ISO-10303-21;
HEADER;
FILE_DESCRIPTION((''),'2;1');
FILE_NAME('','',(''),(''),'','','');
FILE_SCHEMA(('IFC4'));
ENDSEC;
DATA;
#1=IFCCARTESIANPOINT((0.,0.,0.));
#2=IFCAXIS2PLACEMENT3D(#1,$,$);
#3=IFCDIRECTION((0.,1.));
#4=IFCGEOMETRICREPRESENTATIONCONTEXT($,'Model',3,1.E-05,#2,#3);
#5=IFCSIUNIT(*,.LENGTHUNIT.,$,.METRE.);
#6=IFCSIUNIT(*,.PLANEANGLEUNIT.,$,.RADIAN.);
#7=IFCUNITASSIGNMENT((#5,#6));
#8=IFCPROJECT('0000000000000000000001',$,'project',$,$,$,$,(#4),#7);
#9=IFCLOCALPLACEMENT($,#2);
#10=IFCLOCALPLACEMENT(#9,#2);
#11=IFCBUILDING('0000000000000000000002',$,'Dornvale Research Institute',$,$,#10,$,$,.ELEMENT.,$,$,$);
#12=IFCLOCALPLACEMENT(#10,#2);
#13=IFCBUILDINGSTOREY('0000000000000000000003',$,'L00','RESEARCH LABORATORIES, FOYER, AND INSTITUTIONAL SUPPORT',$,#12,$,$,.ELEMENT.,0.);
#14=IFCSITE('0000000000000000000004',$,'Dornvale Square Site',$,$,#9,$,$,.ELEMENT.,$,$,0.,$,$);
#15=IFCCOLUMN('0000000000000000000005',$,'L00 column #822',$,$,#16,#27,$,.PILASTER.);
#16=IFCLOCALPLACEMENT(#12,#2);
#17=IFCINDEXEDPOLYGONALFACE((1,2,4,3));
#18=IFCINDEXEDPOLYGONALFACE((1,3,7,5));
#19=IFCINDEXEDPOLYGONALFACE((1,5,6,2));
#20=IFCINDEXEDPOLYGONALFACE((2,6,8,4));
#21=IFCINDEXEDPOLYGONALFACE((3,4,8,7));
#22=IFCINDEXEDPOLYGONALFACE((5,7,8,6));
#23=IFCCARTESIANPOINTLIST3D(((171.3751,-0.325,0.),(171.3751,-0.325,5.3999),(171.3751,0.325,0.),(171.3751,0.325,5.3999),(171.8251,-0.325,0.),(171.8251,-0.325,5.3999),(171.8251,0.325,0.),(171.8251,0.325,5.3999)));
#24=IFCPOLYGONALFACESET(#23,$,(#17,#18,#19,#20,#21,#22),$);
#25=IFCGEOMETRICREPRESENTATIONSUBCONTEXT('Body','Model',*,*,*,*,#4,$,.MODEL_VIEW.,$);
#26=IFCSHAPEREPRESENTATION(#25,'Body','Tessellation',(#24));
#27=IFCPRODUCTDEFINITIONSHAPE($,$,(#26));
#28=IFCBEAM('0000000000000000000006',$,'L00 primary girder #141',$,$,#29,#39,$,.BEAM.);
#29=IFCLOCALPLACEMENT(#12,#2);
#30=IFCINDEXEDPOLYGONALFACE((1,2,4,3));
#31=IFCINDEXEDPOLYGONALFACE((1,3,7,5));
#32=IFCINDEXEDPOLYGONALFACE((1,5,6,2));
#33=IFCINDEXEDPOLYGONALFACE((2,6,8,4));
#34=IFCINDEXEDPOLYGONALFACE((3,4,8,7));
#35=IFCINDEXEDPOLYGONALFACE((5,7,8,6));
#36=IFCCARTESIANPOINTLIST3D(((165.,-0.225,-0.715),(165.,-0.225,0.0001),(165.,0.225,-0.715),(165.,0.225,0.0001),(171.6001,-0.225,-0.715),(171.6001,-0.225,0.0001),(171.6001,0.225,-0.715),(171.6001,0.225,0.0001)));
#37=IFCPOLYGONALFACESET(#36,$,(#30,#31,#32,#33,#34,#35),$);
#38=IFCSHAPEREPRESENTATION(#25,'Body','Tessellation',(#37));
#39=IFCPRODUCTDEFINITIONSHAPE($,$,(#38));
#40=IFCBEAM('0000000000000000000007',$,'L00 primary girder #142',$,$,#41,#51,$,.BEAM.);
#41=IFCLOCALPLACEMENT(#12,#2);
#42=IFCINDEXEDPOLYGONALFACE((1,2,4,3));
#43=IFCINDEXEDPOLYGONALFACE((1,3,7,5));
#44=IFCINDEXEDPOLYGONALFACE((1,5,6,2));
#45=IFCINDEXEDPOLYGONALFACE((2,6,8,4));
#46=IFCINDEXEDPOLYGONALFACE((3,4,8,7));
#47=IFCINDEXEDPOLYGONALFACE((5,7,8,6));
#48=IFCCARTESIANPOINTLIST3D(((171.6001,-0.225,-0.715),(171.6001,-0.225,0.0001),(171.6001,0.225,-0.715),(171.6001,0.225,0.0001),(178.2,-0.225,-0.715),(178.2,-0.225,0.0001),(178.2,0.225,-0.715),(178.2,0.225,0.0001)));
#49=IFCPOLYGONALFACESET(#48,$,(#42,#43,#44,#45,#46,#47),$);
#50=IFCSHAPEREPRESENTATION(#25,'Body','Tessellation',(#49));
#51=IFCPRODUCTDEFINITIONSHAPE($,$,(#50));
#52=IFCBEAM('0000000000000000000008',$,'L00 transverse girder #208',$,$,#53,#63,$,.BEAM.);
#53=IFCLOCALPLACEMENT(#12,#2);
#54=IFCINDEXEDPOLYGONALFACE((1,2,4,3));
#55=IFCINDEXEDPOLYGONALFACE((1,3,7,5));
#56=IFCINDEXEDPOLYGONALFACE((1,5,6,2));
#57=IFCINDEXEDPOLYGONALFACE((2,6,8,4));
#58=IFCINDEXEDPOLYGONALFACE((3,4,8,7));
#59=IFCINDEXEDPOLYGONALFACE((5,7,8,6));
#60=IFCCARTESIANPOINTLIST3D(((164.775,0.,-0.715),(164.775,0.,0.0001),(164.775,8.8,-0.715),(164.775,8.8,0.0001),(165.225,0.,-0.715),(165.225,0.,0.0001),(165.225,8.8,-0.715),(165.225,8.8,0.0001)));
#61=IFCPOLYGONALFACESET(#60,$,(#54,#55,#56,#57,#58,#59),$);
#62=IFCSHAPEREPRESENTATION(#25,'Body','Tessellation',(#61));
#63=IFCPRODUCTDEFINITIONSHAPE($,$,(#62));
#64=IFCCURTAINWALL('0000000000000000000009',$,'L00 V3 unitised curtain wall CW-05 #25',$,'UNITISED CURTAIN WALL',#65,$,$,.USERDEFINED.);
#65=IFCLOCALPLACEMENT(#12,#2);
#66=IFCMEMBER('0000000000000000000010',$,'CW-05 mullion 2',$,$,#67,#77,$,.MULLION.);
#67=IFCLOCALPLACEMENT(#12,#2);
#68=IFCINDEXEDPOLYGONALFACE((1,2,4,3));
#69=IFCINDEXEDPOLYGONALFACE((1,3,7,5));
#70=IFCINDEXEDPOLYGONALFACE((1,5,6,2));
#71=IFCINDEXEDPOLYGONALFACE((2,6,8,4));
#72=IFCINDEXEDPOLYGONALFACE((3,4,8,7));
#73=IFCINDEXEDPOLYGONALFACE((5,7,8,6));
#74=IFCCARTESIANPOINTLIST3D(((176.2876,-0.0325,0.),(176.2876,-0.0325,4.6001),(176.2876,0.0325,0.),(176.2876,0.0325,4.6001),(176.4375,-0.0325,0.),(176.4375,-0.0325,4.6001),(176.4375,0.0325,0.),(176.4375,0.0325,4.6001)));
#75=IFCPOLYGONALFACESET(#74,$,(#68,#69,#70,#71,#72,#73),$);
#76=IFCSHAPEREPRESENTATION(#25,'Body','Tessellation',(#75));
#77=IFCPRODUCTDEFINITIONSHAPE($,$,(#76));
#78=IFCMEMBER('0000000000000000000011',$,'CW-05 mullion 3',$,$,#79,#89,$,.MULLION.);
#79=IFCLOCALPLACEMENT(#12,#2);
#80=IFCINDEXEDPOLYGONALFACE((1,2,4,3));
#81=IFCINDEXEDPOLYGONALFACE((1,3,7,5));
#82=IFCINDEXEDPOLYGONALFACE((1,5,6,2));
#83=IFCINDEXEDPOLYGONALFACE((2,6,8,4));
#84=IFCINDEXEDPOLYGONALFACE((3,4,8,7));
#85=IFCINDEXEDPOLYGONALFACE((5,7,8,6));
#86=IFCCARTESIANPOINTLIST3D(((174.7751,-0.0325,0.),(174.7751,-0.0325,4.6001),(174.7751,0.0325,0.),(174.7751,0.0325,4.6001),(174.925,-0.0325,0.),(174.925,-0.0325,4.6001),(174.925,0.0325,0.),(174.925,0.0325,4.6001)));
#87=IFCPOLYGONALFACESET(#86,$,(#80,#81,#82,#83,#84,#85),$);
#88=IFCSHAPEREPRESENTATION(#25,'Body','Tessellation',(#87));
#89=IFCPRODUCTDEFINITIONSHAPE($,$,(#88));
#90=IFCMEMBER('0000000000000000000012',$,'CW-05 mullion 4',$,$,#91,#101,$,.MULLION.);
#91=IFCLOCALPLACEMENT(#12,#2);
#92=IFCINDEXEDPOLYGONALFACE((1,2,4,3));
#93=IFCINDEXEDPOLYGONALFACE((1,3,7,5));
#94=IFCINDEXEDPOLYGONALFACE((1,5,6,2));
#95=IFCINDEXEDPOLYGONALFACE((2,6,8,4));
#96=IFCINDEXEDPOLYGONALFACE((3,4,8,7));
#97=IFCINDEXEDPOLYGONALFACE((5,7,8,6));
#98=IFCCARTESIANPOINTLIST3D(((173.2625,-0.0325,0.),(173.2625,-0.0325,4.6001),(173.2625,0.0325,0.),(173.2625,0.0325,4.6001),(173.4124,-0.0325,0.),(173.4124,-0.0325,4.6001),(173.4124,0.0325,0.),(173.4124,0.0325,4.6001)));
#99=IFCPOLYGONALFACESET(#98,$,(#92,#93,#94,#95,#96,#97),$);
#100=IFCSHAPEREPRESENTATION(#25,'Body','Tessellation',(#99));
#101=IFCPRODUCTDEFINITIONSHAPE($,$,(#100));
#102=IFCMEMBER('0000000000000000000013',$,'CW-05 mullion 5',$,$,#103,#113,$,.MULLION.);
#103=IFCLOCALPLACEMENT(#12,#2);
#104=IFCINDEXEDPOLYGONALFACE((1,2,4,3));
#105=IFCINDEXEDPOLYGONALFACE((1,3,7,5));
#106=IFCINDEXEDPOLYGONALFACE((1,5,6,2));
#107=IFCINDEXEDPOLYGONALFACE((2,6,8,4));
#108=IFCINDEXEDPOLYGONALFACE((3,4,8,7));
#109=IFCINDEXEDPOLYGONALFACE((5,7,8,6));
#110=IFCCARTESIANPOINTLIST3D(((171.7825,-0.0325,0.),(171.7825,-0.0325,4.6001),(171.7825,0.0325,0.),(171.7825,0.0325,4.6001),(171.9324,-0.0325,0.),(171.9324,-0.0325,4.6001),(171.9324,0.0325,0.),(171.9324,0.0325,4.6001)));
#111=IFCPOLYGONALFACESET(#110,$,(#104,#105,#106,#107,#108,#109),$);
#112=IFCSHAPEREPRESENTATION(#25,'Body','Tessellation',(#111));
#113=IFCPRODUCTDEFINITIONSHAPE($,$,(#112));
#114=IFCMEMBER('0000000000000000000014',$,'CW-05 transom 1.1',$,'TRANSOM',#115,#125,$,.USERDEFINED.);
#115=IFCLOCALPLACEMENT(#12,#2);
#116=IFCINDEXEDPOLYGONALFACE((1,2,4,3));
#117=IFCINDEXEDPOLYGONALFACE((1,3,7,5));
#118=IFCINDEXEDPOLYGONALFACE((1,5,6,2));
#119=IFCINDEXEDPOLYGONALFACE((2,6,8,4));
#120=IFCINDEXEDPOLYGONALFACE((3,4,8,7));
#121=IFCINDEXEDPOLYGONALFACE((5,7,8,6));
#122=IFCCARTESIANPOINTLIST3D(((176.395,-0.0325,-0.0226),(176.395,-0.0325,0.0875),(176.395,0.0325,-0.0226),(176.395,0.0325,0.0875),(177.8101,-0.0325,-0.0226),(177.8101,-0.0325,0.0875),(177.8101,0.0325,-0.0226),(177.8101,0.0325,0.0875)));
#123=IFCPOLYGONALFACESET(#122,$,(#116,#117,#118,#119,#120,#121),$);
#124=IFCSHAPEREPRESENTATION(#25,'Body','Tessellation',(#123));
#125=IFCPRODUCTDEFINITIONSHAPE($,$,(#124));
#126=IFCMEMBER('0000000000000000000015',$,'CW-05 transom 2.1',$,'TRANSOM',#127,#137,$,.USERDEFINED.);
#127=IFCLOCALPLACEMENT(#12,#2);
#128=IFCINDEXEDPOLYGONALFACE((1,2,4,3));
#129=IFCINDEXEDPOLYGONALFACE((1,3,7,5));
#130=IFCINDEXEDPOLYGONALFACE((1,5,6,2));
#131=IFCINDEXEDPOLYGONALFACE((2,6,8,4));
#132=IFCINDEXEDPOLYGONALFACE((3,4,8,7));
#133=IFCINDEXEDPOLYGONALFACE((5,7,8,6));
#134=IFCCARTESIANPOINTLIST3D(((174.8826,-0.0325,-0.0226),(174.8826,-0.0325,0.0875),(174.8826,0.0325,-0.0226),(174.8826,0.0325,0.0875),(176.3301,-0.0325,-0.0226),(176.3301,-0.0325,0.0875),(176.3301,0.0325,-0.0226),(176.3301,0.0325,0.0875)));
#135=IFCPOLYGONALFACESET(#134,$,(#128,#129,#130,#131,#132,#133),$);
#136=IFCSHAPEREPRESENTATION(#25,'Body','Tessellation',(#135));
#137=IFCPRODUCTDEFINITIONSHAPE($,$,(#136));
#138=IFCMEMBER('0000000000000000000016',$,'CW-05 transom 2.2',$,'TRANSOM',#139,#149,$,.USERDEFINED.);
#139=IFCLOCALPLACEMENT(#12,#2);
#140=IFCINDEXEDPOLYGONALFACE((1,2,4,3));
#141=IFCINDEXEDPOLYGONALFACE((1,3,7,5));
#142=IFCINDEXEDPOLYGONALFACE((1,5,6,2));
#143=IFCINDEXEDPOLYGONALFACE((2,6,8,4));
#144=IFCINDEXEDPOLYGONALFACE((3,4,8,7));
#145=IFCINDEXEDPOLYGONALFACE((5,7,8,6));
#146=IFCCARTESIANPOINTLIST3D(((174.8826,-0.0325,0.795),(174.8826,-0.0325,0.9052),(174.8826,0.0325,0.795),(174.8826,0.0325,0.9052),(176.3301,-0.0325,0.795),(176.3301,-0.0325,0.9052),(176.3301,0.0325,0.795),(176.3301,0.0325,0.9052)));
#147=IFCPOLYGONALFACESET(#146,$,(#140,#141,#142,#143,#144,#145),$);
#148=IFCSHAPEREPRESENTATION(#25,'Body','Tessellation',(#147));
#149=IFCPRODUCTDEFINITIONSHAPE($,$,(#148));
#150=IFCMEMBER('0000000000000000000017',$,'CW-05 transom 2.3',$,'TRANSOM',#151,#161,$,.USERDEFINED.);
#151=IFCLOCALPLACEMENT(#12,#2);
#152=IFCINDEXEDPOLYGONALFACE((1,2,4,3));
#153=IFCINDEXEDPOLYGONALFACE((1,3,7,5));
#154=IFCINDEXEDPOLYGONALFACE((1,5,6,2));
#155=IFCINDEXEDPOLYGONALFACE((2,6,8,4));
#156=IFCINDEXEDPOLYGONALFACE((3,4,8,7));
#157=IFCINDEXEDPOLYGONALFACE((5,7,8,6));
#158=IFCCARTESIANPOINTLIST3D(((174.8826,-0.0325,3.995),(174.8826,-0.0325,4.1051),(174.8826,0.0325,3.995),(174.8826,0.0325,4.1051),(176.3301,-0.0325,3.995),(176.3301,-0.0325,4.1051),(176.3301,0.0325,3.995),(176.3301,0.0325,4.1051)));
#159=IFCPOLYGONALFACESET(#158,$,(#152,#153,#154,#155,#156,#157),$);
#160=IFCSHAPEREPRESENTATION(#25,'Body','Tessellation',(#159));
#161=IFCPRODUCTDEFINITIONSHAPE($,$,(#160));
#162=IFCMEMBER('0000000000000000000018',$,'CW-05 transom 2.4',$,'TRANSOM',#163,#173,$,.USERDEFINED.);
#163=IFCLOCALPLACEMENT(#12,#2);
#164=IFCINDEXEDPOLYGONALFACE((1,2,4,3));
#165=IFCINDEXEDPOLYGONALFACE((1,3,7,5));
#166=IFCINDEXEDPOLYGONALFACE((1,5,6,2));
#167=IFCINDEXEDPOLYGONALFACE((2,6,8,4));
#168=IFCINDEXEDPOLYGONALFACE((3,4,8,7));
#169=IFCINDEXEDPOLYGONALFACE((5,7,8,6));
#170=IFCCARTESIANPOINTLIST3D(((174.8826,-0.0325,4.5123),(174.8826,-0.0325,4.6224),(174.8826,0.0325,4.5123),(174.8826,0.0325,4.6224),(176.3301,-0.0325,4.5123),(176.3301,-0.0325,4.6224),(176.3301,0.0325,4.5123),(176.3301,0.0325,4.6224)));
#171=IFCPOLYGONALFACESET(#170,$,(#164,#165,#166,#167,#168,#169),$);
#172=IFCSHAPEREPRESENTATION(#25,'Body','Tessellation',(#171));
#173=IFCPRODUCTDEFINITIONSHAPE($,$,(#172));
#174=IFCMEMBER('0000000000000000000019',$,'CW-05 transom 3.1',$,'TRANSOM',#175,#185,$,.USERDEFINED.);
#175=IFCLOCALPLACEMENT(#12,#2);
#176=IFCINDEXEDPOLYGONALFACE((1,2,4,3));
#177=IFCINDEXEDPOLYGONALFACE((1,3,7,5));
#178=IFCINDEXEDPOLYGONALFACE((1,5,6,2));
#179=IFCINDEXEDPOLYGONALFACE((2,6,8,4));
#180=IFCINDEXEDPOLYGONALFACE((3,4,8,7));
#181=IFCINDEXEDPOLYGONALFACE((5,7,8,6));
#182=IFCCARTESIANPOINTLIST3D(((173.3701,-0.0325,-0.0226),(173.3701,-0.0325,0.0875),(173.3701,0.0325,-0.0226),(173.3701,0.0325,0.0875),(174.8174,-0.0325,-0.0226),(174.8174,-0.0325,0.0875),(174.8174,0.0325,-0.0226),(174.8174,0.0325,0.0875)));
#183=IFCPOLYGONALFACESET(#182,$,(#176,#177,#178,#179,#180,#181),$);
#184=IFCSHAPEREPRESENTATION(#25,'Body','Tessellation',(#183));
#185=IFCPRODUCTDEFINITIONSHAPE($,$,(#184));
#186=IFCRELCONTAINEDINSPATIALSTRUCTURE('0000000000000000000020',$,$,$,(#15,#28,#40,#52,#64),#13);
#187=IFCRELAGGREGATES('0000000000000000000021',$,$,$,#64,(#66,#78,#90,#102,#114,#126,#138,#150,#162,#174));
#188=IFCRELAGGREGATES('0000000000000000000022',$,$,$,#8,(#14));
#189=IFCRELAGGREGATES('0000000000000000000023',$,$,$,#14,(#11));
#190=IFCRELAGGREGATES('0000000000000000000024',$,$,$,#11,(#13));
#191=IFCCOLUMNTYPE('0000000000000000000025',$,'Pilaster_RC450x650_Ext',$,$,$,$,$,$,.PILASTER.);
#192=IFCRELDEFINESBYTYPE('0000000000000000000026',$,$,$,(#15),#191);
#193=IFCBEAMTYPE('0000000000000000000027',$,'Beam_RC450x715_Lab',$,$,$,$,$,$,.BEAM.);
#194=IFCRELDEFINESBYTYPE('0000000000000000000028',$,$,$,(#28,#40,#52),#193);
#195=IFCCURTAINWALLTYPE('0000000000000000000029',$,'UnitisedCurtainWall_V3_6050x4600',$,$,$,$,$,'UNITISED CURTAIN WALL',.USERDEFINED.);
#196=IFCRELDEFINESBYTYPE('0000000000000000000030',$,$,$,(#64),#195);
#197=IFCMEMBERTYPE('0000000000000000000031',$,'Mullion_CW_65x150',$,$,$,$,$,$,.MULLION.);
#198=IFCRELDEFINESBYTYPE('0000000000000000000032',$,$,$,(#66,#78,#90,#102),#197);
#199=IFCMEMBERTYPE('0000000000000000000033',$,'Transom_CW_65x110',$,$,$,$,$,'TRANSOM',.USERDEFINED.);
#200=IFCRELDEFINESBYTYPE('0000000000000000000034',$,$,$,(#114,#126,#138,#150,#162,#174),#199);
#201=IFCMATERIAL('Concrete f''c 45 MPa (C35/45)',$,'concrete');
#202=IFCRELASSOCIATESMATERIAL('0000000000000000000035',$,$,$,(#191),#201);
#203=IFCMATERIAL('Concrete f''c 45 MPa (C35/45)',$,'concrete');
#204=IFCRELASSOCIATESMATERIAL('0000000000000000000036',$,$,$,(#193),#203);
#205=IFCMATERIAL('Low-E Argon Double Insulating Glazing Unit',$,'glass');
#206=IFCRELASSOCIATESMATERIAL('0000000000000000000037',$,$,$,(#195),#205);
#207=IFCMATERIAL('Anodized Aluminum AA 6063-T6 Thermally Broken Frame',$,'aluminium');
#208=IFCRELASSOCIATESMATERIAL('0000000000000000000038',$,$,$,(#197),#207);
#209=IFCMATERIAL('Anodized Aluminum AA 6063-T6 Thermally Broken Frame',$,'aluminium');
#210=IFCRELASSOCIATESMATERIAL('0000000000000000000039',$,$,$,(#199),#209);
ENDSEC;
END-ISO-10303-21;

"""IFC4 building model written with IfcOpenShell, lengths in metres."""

from ifc_helpers import new_model, si_unit, direction, frame, origin, origin_2d, place, context, subcontext, project, spatial, rectangle, extrude, material, material_profile, profile_set, type_object, element, aggregate, save


model = new_model("IFC4")

# Units and contexts
model_context = context("Model", 3, precision=1e-05, world=origin(), true_north=direction((0.0, 1.0)))
body_context = subcontext(model_context, "Body", "Model", "MODEL_VIEW")
ifc_project = project(units=[si_unit("LENGTHUNIT", "METRE"), si_unit("PLANEANGLEUNIT", "RADIAN")], contexts=[model_context])

# Site, building, storey
site_placement = place(None, origin())
site = spatial("IfcSite", under=ifc_project, at=site_placement, Name="Dornvale Square Site", CompositionType="ELEMENT", RefElevation=0.0)
building_placement = place(site_placement, origin())
building = spatial("IfcBuilding", under=site, at=building_placement, Name="Dornvale Research Institute", CompositionType="ELEMENT")
storey_placement = place(building_placement, origin())
storey = spatial("IfcBuildingStorey", under=building, at=storey_placement, Name="L00", Description="RESEARCH LABORATORIES, FOYER, AND INSTITUTIONAL SUPPORT", CompositionType="ELEMENT", Elevation=0.0)

# Column
ifc_material_1 = material(Name="Concrete f'c 45 MPa (C35/45)", Category="concrete")
ifc_material_profile_1 = material_profile(ifc_material_1, rectangle(XDim=0.45, YDim=0.6499, at=origin_2d()), Name="RC 450x650")
ifc_profile_set_1 = profile_set([ifc_material_profile_1], Name="Concrete f'c 45 MPa (C35/45)")
column_type = type_object("IfcColumnType", Name="Pilaster_RC450x650_Ext", PredefinedType="PILASTER", material=ifc_profile_set_1)
column_placement = place(storey_placement, frame((171.6001, 0.0, 0.0), z_axis=(0.0, 0.0, 1.0), x_axis=(1.0, 0.0, 0.0)))
element("IfcColumn", 1, at=column_placement, inside=storey, type_object=column_type, Name="L00 column #822", PredefinedType="PILASTER", context=body_context, shape_type="SweptSolid", body=[
    extrude(rectangle(XDim=0.45, YDim=0.6499, at=origin_2d()), origin(), (0.0, 0.0, 1.0), 5.3999),
])

# Beams
ifc_material_2 = material(Name="Concrete f'c 45 MPa (C35/45)", Category="concrete")
ifc_material_profile_2 = material_profile(ifc_material_2, rectangle(XDim=0.45, YDim=0.7151, at=origin_2d()), Name="RC 450x715")
ifc_profile_set_2 = profile_set([ifc_material_profile_2], Name="Concrete f'c 45 MPa (C35/45)")
beam_type = type_object("IfcBeamType", Name="Beam_RC450x715_Lab", PredefinedType="BEAM", material=ifc_profile_set_2)
beam_1_placement = place(storey_placement, frame((165.0, 0.0, -0.3574), z_axis=(1.0, 0.0, 0.0), x_axis=(0.0, 1.0, 0.0)))
element("IfcBeam", 2, at=beam_1_placement, inside=storey, type_object=beam_type, Name="L00 primary girder #141", PredefinedType="BEAM", context=body_context, shape_type="SweptSolid", body=[
    extrude(rectangle(XDim=0.45, YDim=0.7151, at=origin_2d()), origin(), (0.0, 0.0, 1.0), 6.6001),
])
beam_2_placement = place(storey_placement, frame((171.6001, 0.0, -0.3574), z_axis=(1.0, 0.0, 0.0), x_axis=(0.0, 1.0, 0.0)))
element("IfcBeam", 3, at=beam_2_placement, inside=storey, type_object=beam_type, Name="L00 primary girder #142", PredefinedType="BEAM", context=body_context, shape_type="SweptSolid", body=[
    extrude(rectangle(XDim=0.45, YDim=0.7151, at=origin_2d()), origin(), (0.0, 0.0, 1.0), 6.5999),
])
beam_3_placement = place(storey_placement, frame((165.0, 0.0, -0.3574), z_axis=(0.0, 1.0, 0.0), x_axis=(-1.0, 0.0, 0.0)))
element("IfcBeam", 4, at=beam_3_placement, inside=storey, type_object=beam_type, Name="L00 transverse girder #208", PredefinedType="BEAM", context=body_context, shape_type="SweptSolid", body=[
    extrude(rectangle(XDim=0.45, YDim=0.7151, at=origin_2d()), origin(), (0.0, 0.0, 1.0), 8.8),
])

# Curtain wall, members
ifc_material_3 = material(Name="Low-E Argon Double Insulating Glazing Unit", Category="glass")
curtain_wall_type = type_object("IfcCurtainWallType", Name="UnitisedCurtainWall_V3_6050x4600", ElementType="UNITISED CURTAIN WALL", PredefinedType="USERDEFINED", material=ifc_material_3)
curtain_wall_placement = place(storey_placement, origin())
curtain_wall = element("IfcCurtainWall", 5, at=curtain_wall_placement, inside=storey, type_object=curtain_wall_type, Name="L00 V3 unitised curtain wall CW-05 #25", ObjectType="UNITISED CURTAIN WALL", PredefinedType="USERDEFINED")
ifc_material_4 = material(Name="Anodized Aluminum AA 6063-T6 Thermally Broken Frame", Category="aluminium")
ifc_material_profile_3 = material_profile(ifc_material_4, rectangle(XDim=0.0649, YDim=0.1499, at=origin_2d()), Name="ALU MULLION 65x150")
ifc_profile_set_3 = profile_set([ifc_material_profile_3], Name="Anodized Aluminum AA 6063-T6 Thermally Broken Frame")
member_type_1 = type_object("IfcMemberType", Name="Mullion_CW_65x150", PredefinedType="MULLION", material=ifc_profile_set_3)
member_1_placement = place(storey_placement, frame((176.3625, 0.0, 0.0), z_axis=(0.0, 0.0, 1.0), x_axis=(0.0, -1.0, 0.0)))
member_1 = element("IfcMember", 6, at=member_1_placement, type_object=member_type_1, Name="CW-05 mullion 2", PredefinedType="MULLION", context=body_context, shape_type="SweptSolid", body=[
    extrude(rectangle(XDim=0.0649, YDim=0.1499, at=origin_2d()), origin(), (0.0, 0.0, 1.0), 4.6001),
])
member_2_placement = place(storey_placement, frame((174.8501, 0.0, 0.0), z_axis=(0.0, 0.0, 1.0), x_axis=(0.0, -1.0, 0.0)))
member_2 = element("IfcMember", 7, at=member_2_placement, type_object=member_type_1, Name="CW-05 mullion 3", PredefinedType="MULLION", context=body_context, shape_type="SweptSolid", body=[
    extrude(rectangle(XDim=0.0649, YDim=0.1499, at=origin_2d()), origin(), (0.0, 0.0, 1.0), 4.6001),
])
member_3_placement = place(storey_placement, frame((173.3374, 0.0, 0.0), z_axis=(0.0, 0.0, 1.0), x_axis=(0.0, -1.0, 0.0)))
member_3 = element("IfcMember", 8, at=member_3_placement, type_object=member_type_1, Name="CW-05 mullion 4", PredefinedType="MULLION", context=body_context, shape_type="SweptSolid", body=[
    extrude(rectangle(XDim=0.0649, YDim=0.1499, at=origin_2d()), origin(), (0.0, 0.0, 1.0), 4.6001),
])
member_4_placement = place(storey_placement, frame((171.8574, 0.0, 0.0), z_axis=(0.0, 0.0, 1.0), x_axis=(0.0, -1.0, 0.0)))
member_4 = element("IfcMember", 9, at=member_4_placement, type_object=member_type_1, Name="CW-05 mullion 5", PredefinedType="MULLION", context=body_context, shape_type="SweptSolid", body=[
    extrude(rectangle(XDim=0.0649, YDim=0.1499, at=origin_2d()), origin(), (0.0, 0.0, 1.0), 4.6001),
])
ifc_material_5 = material(Name="Anodized Aluminum AA 6063-T6 Thermally Broken Frame", Category="aluminium")
ifc_material_profile_4 = material_profile(ifc_material_5, rectangle(XDim=0.0649, YDim=0.1101, at=origin_2d()), Name="ALU TRANSOM 65x110")
ifc_profile_set_4 = profile_set([ifc_material_profile_4], Name="Anodized Aluminum AA 6063-T6 Thermally Broken Frame")
member_type_2 = type_object("IfcMemberType", Name="Transom_CW_65x110", ElementType="TRANSOM", PredefinedType="USERDEFINED", material=ifc_profile_set_4)
member_5_placement = place(storey_placement, frame((177.8101, 0.0, 0.0325), z_axis=(-1.0, 0.0, 0.0), x_axis=(0.0, -1.0, 0.0)))
member_5 = element("IfcMember", 10, at=member_5_placement, type_object=member_type_2, Name="CW-05 transom 1.1", ObjectType="TRANSOM", PredefinedType="USERDEFINED", context=body_context, shape_type="SweptSolid", body=[
    extrude(rectangle(XDim=0.0649, YDim=0.1101, at=origin_2d()), origin(), (0.0, 0.0, 1.0), 1.415),
])
member_6_placement = place(storey_placement, frame((176.3301, 0.0, 0.0325), z_axis=(-1.0, 0.0, 0.0), x_axis=(0.0, -1.0, 0.0)))
member_6 = element("IfcMember", 11, at=member_6_placement, type_object=member_type_2, Name="CW-05 transom 2.1", ObjectType="TRANSOM", PredefinedType="USERDEFINED", context=body_context, shape_type="SweptSolid", body=[
    extrude(rectangle(XDim=0.0649, YDim=0.1101, at=origin_2d()), origin(), (0.0, 0.0, 1.0), 1.4475),
])
member_7_placement = place(storey_placement, frame((176.3301, 0.0, 0.8501), z_axis=(-1.0, 0.0, 0.0), x_axis=(0.0, -1.0, 0.0)))
member_7 = element("IfcMember", 12, at=member_7_placement, type_object=member_type_2, Name="CW-05 transom 2.2", ObjectType="TRANSOM", PredefinedType="USERDEFINED", context=body_context, shape_type="SweptSolid", body=[
    extrude(rectangle(XDim=0.0649, YDim=0.1101, at=origin_2d()), origin(), (0.0, 0.0, 1.0), 1.4475),
])
member_8_placement = place(storey_placement, frame((176.3301, 0.0, 4.05), z_axis=(-1.0, 0.0, 0.0), x_axis=(0.0, -1.0, 0.0)))
member_8 = element("IfcMember", 13, at=member_8_placement, type_object=member_type_2, Name="CW-05 transom 2.3", ObjectType="TRANSOM", PredefinedType="USERDEFINED", context=body_context, shape_type="SweptSolid", body=[
    extrude(rectangle(XDim=0.0649, YDim=0.1101, at=origin_2d()), origin(), (0.0, 0.0, 1.0), 1.4475),
])
member_9_placement = place(storey_placement, frame((176.3301, 0.0, 4.5674), z_axis=(-1.0, 0.0, 0.0), x_axis=(0.0, -1.0, 0.0)))
member_9 = element("IfcMember", 14, at=member_9_placement, type_object=member_type_2, Name="CW-05 transom 2.4", ObjectType="TRANSOM", PredefinedType="USERDEFINED", context=body_context, shape_type="SweptSolid", body=[
    extrude(rectangle(XDim=0.0649, YDim=0.1101, at=origin_2d()), origin(), (0.0, 0.0, 1.0), 1.4475),
])
member_10_placement = place(storey_placement, frame((174.8174, 0.0, 0.0325), z_axis=(-1.0, 0.0, 0.0), x_axis=(0.0, -1.0, 0.0)))
member_10 = element("IfcMember", 15, at=member_10_placement, type_object=member_type_2, Name="CW-05 transom 3.1", ObjectType="TRANSOM", PredefinedType="USERDEFINED", context=body_context, shape_type="SweptSolid", body=[
    extrude(rectangle(XDim=0.0649, YDim=0.1101, at=origin_2d()), origin(), (0.0, 0.0, 1.0), 1.4473),
])
aggregate(curtain_wall, [member_1, member_2, member_3, member_4, member_5, member_6, member_7, member_8, member_9, member_10])

save(model, "model.ifc")
